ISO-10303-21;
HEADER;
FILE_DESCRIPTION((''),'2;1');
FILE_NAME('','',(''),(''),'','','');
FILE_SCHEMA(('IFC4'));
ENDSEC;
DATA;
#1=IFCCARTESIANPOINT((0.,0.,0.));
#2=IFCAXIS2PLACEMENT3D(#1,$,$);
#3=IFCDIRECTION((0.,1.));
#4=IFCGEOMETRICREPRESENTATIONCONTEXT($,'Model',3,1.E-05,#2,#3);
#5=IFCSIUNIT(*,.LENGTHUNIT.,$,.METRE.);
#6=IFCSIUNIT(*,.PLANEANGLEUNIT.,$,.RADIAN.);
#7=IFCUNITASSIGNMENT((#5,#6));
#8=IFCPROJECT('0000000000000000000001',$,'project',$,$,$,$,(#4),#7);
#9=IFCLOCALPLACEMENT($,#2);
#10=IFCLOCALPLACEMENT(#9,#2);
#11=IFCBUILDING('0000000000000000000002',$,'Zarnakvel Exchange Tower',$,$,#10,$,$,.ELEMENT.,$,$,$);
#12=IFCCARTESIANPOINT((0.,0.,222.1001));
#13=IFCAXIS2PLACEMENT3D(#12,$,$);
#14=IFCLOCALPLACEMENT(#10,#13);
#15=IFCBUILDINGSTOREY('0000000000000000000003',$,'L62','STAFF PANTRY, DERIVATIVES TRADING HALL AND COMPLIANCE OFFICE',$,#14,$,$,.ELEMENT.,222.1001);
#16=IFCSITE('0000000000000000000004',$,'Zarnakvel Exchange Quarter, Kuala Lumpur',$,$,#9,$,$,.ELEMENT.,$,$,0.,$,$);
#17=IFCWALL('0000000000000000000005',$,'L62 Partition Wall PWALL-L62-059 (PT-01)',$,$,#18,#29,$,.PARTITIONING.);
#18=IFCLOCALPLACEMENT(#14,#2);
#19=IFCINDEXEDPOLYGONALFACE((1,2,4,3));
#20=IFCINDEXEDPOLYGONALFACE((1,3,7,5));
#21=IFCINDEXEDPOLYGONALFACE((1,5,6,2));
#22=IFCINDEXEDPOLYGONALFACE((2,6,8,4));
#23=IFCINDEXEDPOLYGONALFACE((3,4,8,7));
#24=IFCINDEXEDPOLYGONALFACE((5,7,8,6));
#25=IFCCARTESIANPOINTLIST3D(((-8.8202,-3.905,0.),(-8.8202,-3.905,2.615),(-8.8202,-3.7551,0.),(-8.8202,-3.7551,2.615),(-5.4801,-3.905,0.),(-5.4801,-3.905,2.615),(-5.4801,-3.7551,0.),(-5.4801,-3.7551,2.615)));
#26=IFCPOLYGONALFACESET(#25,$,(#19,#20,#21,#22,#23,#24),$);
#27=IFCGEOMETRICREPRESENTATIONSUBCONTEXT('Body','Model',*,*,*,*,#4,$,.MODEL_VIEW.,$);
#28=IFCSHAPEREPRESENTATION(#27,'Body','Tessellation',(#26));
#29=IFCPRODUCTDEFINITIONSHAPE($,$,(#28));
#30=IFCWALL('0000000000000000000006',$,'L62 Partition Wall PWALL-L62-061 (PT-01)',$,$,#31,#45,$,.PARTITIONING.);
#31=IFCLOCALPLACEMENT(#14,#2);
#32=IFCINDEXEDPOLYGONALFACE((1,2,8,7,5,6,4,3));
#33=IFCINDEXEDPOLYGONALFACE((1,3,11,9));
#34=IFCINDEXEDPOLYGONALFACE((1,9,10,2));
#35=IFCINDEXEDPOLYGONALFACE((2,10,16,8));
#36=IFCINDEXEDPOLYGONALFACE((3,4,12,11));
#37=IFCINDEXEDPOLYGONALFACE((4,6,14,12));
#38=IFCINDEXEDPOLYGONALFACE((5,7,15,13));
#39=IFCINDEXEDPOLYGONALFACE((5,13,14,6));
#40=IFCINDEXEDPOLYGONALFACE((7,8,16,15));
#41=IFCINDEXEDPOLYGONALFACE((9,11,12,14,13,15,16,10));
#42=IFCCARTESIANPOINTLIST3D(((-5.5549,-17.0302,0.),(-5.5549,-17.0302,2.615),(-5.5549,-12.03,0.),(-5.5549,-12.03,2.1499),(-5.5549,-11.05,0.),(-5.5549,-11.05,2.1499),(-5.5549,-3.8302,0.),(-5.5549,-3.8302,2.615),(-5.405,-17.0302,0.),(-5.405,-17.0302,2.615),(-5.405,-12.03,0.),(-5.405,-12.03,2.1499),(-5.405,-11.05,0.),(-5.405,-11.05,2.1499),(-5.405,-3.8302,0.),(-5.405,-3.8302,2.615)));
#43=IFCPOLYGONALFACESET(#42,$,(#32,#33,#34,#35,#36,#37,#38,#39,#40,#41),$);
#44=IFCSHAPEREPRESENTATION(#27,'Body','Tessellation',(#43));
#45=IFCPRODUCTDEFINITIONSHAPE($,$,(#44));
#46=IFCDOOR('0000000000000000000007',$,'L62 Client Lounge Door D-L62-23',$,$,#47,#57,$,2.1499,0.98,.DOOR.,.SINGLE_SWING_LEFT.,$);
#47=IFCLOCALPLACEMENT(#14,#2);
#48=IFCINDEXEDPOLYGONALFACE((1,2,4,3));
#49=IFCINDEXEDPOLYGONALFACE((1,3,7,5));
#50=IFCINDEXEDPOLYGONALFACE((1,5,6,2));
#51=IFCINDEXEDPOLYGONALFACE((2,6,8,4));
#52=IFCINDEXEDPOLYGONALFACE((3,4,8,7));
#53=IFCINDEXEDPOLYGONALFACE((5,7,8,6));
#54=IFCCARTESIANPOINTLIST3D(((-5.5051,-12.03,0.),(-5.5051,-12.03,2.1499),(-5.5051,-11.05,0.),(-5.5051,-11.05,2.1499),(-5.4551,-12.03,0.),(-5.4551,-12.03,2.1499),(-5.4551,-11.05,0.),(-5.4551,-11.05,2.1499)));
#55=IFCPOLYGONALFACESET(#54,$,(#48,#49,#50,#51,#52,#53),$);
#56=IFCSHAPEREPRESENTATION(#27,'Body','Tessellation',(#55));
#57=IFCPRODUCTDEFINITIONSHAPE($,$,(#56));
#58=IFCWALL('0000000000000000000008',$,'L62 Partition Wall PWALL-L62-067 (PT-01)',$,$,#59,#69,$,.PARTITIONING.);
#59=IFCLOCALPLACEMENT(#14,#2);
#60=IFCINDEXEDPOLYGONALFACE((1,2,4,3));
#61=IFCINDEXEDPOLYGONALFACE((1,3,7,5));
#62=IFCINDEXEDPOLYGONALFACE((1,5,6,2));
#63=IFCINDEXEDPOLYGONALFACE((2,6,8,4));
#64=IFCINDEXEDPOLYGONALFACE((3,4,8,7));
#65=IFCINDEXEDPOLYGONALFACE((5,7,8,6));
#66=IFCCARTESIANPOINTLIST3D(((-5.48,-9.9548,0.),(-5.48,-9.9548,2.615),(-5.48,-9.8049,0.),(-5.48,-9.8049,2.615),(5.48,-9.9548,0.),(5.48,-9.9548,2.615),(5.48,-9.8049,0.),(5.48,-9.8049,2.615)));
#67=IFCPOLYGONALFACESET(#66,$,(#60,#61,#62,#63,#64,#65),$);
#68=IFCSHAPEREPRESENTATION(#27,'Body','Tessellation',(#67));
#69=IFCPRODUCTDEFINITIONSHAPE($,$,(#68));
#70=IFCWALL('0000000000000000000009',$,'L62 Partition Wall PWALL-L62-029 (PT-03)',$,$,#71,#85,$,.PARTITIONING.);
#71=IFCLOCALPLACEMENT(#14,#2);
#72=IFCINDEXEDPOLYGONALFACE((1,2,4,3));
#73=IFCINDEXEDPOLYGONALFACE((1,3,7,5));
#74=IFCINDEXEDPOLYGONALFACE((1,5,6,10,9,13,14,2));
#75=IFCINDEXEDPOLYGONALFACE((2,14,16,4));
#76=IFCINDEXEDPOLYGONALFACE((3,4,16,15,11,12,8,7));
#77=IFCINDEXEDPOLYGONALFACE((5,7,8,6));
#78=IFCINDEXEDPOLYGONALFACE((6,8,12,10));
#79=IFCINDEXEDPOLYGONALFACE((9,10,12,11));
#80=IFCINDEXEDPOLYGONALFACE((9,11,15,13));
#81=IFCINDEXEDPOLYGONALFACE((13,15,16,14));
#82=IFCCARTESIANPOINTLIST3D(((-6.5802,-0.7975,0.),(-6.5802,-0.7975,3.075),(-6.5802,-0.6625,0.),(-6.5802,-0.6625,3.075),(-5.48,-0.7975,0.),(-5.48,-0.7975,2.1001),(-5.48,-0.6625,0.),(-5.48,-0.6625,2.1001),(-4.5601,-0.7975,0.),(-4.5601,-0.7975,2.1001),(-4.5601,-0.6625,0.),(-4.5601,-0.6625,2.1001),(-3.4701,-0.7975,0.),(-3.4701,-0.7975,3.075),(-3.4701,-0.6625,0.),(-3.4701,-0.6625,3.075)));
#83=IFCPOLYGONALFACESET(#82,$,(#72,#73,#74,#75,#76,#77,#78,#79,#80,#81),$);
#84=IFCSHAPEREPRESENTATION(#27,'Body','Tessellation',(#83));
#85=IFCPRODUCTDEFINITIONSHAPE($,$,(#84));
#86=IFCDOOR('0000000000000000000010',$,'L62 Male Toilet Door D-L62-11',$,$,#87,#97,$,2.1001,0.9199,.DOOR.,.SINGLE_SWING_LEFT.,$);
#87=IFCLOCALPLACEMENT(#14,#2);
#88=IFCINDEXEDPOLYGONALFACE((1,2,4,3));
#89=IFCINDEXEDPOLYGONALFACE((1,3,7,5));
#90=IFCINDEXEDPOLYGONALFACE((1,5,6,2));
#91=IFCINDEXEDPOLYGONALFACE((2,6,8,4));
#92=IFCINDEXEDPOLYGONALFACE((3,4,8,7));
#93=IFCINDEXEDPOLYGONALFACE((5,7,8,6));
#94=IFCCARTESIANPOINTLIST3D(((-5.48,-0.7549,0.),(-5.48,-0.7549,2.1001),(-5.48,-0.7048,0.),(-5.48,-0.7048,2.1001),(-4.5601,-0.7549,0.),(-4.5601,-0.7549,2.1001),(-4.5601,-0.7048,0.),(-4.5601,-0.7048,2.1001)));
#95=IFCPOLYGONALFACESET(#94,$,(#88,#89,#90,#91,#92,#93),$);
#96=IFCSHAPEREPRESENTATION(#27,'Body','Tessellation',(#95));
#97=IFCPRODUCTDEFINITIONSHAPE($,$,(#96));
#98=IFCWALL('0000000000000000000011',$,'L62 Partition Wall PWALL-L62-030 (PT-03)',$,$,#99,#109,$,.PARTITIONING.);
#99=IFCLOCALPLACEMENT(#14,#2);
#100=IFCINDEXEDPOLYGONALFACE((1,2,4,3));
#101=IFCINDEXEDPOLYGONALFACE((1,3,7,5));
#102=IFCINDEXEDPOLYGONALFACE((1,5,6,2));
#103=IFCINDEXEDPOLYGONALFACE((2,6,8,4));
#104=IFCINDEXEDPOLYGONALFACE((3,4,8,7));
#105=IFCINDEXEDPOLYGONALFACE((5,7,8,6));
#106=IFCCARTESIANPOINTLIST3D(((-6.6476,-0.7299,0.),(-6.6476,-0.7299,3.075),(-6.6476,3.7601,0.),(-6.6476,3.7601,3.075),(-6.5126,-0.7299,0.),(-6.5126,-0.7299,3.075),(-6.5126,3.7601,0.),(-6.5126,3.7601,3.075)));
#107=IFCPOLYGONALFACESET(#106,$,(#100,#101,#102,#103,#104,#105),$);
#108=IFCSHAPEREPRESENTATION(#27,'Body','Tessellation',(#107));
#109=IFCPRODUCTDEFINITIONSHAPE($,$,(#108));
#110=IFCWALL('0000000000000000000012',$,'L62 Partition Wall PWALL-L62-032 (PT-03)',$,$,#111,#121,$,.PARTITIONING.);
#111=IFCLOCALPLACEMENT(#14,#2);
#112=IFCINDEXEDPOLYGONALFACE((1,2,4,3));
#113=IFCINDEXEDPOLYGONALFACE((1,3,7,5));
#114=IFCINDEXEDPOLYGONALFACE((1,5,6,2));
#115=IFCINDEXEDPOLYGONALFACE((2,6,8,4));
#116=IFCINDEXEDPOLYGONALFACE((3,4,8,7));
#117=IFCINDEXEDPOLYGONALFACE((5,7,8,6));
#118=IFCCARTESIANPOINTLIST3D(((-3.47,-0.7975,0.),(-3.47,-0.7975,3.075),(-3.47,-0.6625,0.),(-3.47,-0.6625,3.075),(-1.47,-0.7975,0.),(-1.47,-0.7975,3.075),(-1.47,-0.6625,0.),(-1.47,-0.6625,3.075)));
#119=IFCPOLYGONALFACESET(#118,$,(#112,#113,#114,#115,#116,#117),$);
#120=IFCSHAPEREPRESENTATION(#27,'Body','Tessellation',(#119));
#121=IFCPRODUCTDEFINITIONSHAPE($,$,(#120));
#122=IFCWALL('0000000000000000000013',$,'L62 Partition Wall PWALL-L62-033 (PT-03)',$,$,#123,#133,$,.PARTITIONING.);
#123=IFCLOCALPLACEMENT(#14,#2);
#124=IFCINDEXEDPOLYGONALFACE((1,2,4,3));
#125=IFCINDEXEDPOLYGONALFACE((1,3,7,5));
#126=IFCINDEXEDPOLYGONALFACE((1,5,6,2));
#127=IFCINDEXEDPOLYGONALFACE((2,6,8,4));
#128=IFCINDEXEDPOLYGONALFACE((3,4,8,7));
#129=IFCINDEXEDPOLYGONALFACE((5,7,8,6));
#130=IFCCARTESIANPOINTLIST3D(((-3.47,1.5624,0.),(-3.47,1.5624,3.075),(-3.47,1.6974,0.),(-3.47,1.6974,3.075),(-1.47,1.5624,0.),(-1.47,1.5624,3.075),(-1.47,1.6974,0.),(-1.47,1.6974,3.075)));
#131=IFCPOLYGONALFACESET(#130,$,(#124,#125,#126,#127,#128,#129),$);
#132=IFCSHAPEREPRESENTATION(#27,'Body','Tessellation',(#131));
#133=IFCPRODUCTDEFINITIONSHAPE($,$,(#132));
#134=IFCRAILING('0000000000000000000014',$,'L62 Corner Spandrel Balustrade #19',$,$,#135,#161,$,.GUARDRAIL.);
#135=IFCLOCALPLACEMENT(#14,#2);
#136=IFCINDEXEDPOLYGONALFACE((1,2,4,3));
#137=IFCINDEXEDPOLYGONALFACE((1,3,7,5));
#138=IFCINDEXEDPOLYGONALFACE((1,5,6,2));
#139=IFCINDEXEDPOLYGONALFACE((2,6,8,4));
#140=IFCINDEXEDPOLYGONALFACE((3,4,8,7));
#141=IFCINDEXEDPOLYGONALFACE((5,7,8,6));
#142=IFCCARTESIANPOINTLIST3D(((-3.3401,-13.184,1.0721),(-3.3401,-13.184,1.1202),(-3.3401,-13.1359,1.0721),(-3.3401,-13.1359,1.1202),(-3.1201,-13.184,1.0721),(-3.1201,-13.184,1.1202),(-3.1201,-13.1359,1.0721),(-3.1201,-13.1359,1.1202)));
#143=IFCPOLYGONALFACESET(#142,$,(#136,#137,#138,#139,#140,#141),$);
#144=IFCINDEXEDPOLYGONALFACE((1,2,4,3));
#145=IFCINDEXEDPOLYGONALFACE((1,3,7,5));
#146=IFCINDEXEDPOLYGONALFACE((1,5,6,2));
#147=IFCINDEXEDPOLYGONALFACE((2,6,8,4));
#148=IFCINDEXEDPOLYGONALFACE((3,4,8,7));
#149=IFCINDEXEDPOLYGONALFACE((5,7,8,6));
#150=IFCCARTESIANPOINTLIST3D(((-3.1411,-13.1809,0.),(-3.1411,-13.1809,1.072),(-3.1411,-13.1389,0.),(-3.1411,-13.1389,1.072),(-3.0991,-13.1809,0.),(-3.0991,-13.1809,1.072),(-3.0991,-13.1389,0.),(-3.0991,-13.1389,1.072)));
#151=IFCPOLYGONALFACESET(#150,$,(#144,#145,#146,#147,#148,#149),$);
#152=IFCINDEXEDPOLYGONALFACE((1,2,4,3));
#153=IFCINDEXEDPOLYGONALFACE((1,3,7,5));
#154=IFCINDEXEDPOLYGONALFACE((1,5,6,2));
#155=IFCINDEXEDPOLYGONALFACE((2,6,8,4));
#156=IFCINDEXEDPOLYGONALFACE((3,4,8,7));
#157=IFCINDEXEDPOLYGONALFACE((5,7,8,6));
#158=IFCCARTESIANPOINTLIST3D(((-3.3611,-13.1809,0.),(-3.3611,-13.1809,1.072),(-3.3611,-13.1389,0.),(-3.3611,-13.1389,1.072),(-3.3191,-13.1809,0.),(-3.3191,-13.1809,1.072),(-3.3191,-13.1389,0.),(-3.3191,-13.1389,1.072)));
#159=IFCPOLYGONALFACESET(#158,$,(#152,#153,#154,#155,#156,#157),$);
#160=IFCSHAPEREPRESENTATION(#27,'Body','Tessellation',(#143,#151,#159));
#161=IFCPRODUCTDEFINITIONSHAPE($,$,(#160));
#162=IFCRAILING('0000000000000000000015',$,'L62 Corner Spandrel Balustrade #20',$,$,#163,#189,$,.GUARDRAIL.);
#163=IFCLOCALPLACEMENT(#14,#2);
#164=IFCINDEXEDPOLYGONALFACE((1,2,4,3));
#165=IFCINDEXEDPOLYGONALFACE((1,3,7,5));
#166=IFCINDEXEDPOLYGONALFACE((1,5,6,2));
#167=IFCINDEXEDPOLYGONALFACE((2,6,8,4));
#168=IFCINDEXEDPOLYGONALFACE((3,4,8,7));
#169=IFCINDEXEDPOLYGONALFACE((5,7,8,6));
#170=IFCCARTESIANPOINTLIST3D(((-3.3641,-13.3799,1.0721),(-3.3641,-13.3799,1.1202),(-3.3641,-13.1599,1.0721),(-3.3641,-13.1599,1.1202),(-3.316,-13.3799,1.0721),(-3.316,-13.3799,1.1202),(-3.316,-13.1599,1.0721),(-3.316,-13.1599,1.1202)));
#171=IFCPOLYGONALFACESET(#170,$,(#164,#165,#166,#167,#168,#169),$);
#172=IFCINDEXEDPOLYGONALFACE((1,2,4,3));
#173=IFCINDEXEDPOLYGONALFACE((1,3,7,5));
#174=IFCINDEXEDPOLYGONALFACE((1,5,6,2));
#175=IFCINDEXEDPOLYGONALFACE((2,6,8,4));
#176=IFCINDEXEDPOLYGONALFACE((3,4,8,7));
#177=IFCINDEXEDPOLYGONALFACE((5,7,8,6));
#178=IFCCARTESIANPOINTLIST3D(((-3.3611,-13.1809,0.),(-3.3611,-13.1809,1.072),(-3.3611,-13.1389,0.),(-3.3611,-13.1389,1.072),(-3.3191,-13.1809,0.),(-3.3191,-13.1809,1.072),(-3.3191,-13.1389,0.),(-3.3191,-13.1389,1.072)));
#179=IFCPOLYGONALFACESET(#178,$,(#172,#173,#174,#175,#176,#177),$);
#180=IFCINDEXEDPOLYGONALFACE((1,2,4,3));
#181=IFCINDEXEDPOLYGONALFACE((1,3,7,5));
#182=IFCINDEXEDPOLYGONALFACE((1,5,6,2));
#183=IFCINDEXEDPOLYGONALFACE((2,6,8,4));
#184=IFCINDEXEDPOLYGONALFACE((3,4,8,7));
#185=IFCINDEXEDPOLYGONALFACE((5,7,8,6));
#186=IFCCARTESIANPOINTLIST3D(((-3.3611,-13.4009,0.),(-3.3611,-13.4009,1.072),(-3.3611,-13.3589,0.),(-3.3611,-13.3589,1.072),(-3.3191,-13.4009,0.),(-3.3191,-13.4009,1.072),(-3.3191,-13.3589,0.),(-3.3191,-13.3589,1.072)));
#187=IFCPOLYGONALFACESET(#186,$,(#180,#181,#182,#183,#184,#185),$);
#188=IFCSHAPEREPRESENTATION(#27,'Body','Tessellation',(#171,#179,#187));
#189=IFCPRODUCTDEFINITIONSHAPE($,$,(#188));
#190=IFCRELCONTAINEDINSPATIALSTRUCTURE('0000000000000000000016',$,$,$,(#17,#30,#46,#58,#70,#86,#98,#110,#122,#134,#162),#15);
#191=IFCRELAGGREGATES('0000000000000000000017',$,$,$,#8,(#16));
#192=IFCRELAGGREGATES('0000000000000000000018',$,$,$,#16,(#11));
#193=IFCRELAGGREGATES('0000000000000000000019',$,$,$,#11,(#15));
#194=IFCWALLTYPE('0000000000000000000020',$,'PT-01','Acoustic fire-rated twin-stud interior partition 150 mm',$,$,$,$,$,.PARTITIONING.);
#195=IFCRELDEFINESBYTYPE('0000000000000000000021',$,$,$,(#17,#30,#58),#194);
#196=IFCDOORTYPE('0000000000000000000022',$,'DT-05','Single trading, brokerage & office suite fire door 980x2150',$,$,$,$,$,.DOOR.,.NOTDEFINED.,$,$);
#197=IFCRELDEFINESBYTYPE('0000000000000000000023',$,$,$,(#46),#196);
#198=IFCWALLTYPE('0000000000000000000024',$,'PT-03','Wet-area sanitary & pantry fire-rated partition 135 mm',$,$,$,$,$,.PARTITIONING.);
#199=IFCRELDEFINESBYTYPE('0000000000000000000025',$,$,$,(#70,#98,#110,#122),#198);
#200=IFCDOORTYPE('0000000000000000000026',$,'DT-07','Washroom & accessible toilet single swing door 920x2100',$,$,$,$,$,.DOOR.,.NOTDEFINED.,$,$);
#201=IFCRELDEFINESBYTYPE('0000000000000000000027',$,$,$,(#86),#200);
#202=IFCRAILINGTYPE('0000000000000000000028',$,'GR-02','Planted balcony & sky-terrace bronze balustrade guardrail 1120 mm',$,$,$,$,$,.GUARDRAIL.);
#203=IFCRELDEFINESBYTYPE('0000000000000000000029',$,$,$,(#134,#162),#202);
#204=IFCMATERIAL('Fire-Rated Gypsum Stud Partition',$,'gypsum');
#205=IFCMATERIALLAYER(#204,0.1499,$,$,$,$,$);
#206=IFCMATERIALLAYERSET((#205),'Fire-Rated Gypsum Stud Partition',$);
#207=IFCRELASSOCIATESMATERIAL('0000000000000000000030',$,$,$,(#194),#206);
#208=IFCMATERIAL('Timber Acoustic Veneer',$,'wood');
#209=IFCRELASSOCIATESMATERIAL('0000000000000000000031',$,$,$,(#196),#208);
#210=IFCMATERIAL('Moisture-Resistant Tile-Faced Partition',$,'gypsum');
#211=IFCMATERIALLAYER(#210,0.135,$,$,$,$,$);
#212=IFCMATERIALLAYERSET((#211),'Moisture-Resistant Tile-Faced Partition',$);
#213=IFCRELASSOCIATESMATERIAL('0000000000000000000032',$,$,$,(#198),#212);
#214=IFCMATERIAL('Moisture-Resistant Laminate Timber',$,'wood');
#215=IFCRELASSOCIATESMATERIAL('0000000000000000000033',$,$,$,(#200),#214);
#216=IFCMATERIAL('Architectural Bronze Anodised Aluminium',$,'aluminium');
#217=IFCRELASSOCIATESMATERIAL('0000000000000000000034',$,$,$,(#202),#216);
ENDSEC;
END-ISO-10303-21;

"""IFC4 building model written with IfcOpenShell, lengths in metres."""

from ifc_helpers import new_model, si_unit, direction, frame, frame_2d, origin, origin_2d, place, context, subcontext, project, spatial, rectangle, extrude, source, transform, mapped, material, layer, layer_set, type_object, element, fill, save


model = new_model("IFC4")

# Units and contexts
model_context = context("Model", 3, precision=1e-05, world=origin(), true_north=direction((0.0, 1.0)))
body_context = subcontext(model_context, "Body", "Model", "MODEL_VIEW")
ifc_project = project(units=[si_unit("LENGTHUNIT", "METRE"), si_unit("PLANEANGLEUNIT", "RADIAN")], contexts=[model_context])

# Site, building, storey
site_placement = place(None, origin())
site = spatial("IfcSite", under=ifc_project, at=site_placement, Name="Zarnakvel Exchange Quarter, Kuala Lumpur", CompositionType="ELEMENT", RefElevation=0.0)
building_placement = place(site_placement, origin())
building = spatial("IfcBuilding", under=site, at=building_placement, Name="Zarnakvel Exchange Tower", CompositionType="ELEMENT")
storey_placement = place(building_placement, frame((0.0, 0.0, 222.1001)))
storey = spatial("IfcBuildingStorey", under=building, at=storey_placement, Name="L62", Description="STAFF PANTRY, DERIVATIVES TRADING HALL AND COMPLIANCE OFFICE", CompositionType="ELEMENT", Elevation=222.1001)

# Shared definitions
ifc_material_1 = material(Name="Fire-Rated Gypsum Stud Partition", Category="gypsum")
ifc_layer_1 = layer(ifc_material_1, 0.1499)
ifc_layer_set_1 = layer_set([ifc_layer_1], Name="Fire-Rated Gypsum Stud Partition")
wall_type_1 = type_object("IfcWallType", Name="PT-01", Description="Acoustic fire-rated twin-stud interior partition 150 mm", PredefinedType="PARTITIONING", material=ifc_layer_set_1)
ifc_material_2 = material(Name="Timber Acoustic Veneer", Category="wood")
door_type_1 = type_object("IfcDoorType", Name="DT-05", Description="Single trading, brokerage & office suite fire door 980x2150", OperationType="NOTDEFINED", PredefinedType="DOOR", material=ifc_material_2)
shared_shape_1 = source(origin(), body_context, "Body", "SweptSolid", [
    extrude(rectangle(XDim=0.98, YDim=2.1499, at=frame_2d((0.49, 1.075))), frame((0.0, 0.0249, 0.0), z_axis=(0.0, -1.0, 0.0), x_axis=(1.0, 0.0, 0.0)), (0.0, 0.0, 1.0), 0.05),
])

# Wall
wall_1_placement = place(storey_placement, frame((-8.8201, -3.8301, 0.0), z_axis=(0.0, 0.0, 1.0), x_axis=(1.0, 0.0, 0.0)))
element("IfcWall", 1, at=wall_1_placement, inside=storey, type_object=wall_type_1, Name="L62 Partition Wall PWALL-L62-059 (PT-01)", PredefinedType="PARTITIONING", context=body_context, shape_type="SweptSolid", body=[
    extrude(rectangle(XDim=3.3401, YDim=0.1499, at=frame_2d((1.6699, 0.0))), origin(), (0.0, 0.0, 1.0), 2.615),
])

# Wall, opening, door
wall_2_placement = place(storey_placement, frame((-5.48, -3.8301, 0.0), z_axis=(0.0, 0.0, 1.0), x_axis=(0.0, -1.0, 0.0)))
wall_2 = element("IfcWall", 2, at=wall_2_placement, inside=storey, type_object=wall_type_1, Name="L62 Partition Wall PWALL-L62-061 (PT-01)", PredefinedType="PARTITIONING", context=body_context, shape_type="SweptSolid", body=[
    extrude(rectangle(XDim=13.2, YDim=0.1499, at=frame_2d((6.6001, 0.0))), origin(), (0.0, 0.0, 1.0), 2.615),
])
opening_1_placement = place(wall_2_placement, frame((7.22, 0.0, 0.0)))
opening_1 = element("IfcOpeningElement", 3, at=opening_1_placement, cuts=wall_2, PredefinedType="OPENING", context=body_context, shape_type="SweptSolid", body=[
    extrude(rectangle(XDim=0.98, YDim=2.1499, at=frame_2d((0.49, 1.075))), frame((0.0, 0.085, 0.0), z_axis=(0.0, -1.0, 0.0), x_axis=(1.0, 0.0, 0.0)), (0.0, 0.0, 1.0), 0.1699),
])
door_1_placement = place(opening_1_placement, origin())
door_1 = element("IfcDoor", 4, at=door_1_placement, inside=storey, type_object=door_type_1, Name="L62 Client Lounge Door D-L62-23", OperationType="SINGLE_SWING_LEFT", OverallHeight=2.1499, OverallWidth=0.98, PredefinedType="DOOR", context=body_context, shape_type="MappedRepresentation", body=[
    mapped(shared_shape_1, transform((0.0, 0.0, 0.0), x_axis=(1.0, 0.0, 0.0), y_axis=(0.0, 1.0, 0.0), z_axis=(0.0, 0.0, 1.0), scale=1.0)),
])
fill(opening_1, door_1)

# Wall
wall_3_placement = place(storey_placement, frame((-5.48, -9.8799, 0.0), z_axis=(0.0, 0.0, 1.0), x_axis=(1.0, 0.0, 0.0)))
element("IfcWall", 5, at=wall_3_placement, inside=storey, type_object=wall_type_1, Name="L62 Partition Wall PWALL-L62-067 (PT-01)", PredefinedType="PARTITIONING", context=body_context, shape_type="SweptSolid", body=[
    extrude(rectangle(XDim=10.96, YDim=0.1499, at=frame_2d((5.48, 0.0))), origin(), (0.0, 0.0, 1.0), 2.615),
])

# Wall, opening, door
ifc_material_3 = material(Name="Moisture-Resistant Tile-Faced Partition", Category="gypsum")
ifc_layer_2 = layer(ifc_material_3, 0.135)
ifc_layer_set_2 = layer_set([ifc_layer_2], Name="Moisture-Resistant Tile-Faced Partition")
wall_type_2 = type_object("IfcWallType", Name="PT-03", Description="Wet-area sanitary & pantry fire-rated partition 135 mm", PredefinedType="PARTITIONING", material=ifc_layer_set_2)
wall_4_placement = place(storey_placement, frame((-3.47, -0.73, 0.0), z_axis=(0.0, 0.0, 1.0), x_axis=(-1.0, 0.0, 0.0)))
wall_4 = element("IfcWall", 6, at=wall_4_placement, inside=storey, type_object=wall_type_2, Name="L62 Partition Wall PWALL-L62-029 (PT-03)", PredefinedType="PARTITIONING", context=body_context, shape_type="SweptSolid", body=[
    extrude(rectangle(XDim=3.1101, YDim=0.135, at=frame_2d((1.5552, 0.0))), origin(), (0.0, 0.0, 1.0), 3.075),
])
opening_2_placement = place(wall_4_placement, frame((1.0901, 0.0, 0.0)))
opening_2 = element("IfcOpeningElement", 7, at=opening_2_placement, cuts=wall_4, PredefinedType="OPENING", context=body_context, shape_type="SweptSolid", body=[
    extrude(rectangle(XDim=0.9199, YDim=2.1001, at=frame_2d((0.46, 1.05))), frame((0.0, 0.0774, 0.0), z_axis=(0.0, -1.0, 0.0), x_axis=(1.0, 0.0, 0.0)), (0.0, 0.0, 1.0), 0.155),
])
ifc_material_4 = material(Name="Moisture-Resistant Laminate Timber", Category="wood")
door_type_2 = type_object("IfcDoorType", Name="DT-07", Description="Washroom & accessible toilet single swing door 920x2100", OperationType="NOTDEFINED", PredefinedType="DOOR", material=ifc_material_4)
shared_shape_2 = source(origin(), body_context, "Body", "SweptSolid", [
    extrude(rectangle(XDim=0.9199, YDim=2.1001, at=frame_2d((0.46, 1.05))), frame((0.0, 0.0249, 0.0), z_axis=(0.0, -1.0, 0.0), x_axis=(1.0, 0.0, 0.0)), (0.0, 0.0, 1.0), 0.05),
])
door_2_placement = place(opening_2_placement, origin())
door_2 = element("IfcDoor", 8, at=door_2_placement, inside=storey, type_object=door_type_2, Name="L62 Male Toilet Door D-L62-11", OperationType="SINGLE_SWING_LEFT", OverallHeight=2.1001, OverallWidth=0.9199, PredefinedType="DOOR", context=body_context, shape_type="MappedRepresentation", body=[
    mapped(shared_shape_2, transform((0.0, 0.0, 0.0), x_axis=(1.0, 0.0, 0.0), y_axis=(0.0, 1.0, 0.0), z_axis=(0.0, 0.0, 1.0), scale=1.0)),
])
fill(opening_2, door_2)

# Walls
wall_5_placement = place(storey_placement, frame((-6.5801, -0.73, 0.0), z_axis=(0.0, 0.0, 1.0), x_axis=(0.0, 1.0, 0.0)))
element("IfcWall", 9, at=wall_5_placement, inside=storey, type_object=wall_type_2, Name="L62 Partition Wall PWALL-L62-030 (PT-03)", PredefinedType="PARTITIONING", context=body_context, shape_type="SweptSolid", body=[
    extrude(rectangle(XDim=4.49, YDim=0.135, at=frame_2d((2.2451, 0.0))), origin(), (0.0, 0.0, 1.0), 3.075),
])
for number, where, z_axis, x_axis, name in (
    (10, (-1.47, -0.73, 0.0), (0.0, 0.0, 1.0), (-1.0, 0.0, 0.0), "L62 Partition Wall PWALL-L62-032 (PT-03)"),
    (11, (-3.47, 1.6299, 0.0), (0.0, 0.0, 1.0), (1.0, 0.0, 0.0), "L62 Partition Wall PWALL-L62-033 (PT-03)"),
):
    element("IfcWall", number, at=place(storey_placement, frame(where, z_axis=z_axis, x_axis=x_axis)), inside=storey, type_object=wall_type_2, Name=name, PredefinedType="PARTITIONING", context=body_context, shape_type="SweptSolid", body=[
        extrude(rectangle(XDim=2.0, YDim=0.135, at=frame_2d((1.0, 0.0))), origin(), (0.0, 0.0, 1.0), 3.075),
    ])

# Railings
ifc_material_5 = material(Name="Architectural Bronze Anodised Aluminium", Category="aluminium")
railing_type_1 = type_object("IfcRailingType", Name="GR-02", Description="Planted balcony & sky-terrace bronze balustrade guardrail 1120 mm", PredefinedType="GUARDRAIL", material=ifc_material_5)
railing_1_placement = place(storey_placement, frame((-3.1201, -13.1599, 0.0)))
element("IfcRailing", 12, at=railing_1_placement, inside=storey, type_object=railing_type_1, Name="L62 Corner Spandrel Balustrade #19", PredefinedType="GUARDRAIL", context=body_context, shape_type="SweptSolid", body=[
    extrude(rectangle(XDim=0.0481, YDim=0.0481, at=origin_2d()), frame((0.0, 0.0, 1.0962), z_axis=(-1.0, 0.0, 0.0), x_axis=(0.0, -1.0, 0.0)), (0.0, 0.0, 1.0), 0.22),
    extrude(rectangle(XDim=0.042, YDim=0.042, at=origin_2d()), origin(), (0.0, 0.0, 1.0), 1.072),
    extrude(rectangle(XDim=0.042, YDim=0.042, at=origin_2d()), frame((-0.22, 0.0, 0.0)), (0.0, 0.0, 1.0), 1.072),
])
railing_2_placement = place(storey_placement, frame((-3.3401, -13.1599, 0.0)))
element("IfcRailing", 13, at=railing_2_placement, inside=storey, type_object=railing_type_1, Name="L62 Corner Spandrel Balustrade #20", PredefinedType="GUARDRAIL", context=body_context, shape_type="SweptSolid", body=[
    extrude(rectangle(XDim=0.0481, YDim=0.0481, at=origin_2d()), frame((0.0, 0.0, 1.0962), z_axis=(0.0, -1.0, 0.0), x_axis=(1.0, 0.0, 0.0)), (0.0, 0.0, 1.0), 0.22),
    extrude(rectangle(XDim=0.042, YDim=0.042, at=origin_2d()), origin(), (0.0, 0.0, 1.0), 1.072),
    extrude(rectangle(XDim=0.042, YDim=0.042, at=origin_2d()), frame((0.0, -0.22, 0.0)), (0.0, 0.0, 1.0), 1.072),
])

save(model, "model.ifc")
